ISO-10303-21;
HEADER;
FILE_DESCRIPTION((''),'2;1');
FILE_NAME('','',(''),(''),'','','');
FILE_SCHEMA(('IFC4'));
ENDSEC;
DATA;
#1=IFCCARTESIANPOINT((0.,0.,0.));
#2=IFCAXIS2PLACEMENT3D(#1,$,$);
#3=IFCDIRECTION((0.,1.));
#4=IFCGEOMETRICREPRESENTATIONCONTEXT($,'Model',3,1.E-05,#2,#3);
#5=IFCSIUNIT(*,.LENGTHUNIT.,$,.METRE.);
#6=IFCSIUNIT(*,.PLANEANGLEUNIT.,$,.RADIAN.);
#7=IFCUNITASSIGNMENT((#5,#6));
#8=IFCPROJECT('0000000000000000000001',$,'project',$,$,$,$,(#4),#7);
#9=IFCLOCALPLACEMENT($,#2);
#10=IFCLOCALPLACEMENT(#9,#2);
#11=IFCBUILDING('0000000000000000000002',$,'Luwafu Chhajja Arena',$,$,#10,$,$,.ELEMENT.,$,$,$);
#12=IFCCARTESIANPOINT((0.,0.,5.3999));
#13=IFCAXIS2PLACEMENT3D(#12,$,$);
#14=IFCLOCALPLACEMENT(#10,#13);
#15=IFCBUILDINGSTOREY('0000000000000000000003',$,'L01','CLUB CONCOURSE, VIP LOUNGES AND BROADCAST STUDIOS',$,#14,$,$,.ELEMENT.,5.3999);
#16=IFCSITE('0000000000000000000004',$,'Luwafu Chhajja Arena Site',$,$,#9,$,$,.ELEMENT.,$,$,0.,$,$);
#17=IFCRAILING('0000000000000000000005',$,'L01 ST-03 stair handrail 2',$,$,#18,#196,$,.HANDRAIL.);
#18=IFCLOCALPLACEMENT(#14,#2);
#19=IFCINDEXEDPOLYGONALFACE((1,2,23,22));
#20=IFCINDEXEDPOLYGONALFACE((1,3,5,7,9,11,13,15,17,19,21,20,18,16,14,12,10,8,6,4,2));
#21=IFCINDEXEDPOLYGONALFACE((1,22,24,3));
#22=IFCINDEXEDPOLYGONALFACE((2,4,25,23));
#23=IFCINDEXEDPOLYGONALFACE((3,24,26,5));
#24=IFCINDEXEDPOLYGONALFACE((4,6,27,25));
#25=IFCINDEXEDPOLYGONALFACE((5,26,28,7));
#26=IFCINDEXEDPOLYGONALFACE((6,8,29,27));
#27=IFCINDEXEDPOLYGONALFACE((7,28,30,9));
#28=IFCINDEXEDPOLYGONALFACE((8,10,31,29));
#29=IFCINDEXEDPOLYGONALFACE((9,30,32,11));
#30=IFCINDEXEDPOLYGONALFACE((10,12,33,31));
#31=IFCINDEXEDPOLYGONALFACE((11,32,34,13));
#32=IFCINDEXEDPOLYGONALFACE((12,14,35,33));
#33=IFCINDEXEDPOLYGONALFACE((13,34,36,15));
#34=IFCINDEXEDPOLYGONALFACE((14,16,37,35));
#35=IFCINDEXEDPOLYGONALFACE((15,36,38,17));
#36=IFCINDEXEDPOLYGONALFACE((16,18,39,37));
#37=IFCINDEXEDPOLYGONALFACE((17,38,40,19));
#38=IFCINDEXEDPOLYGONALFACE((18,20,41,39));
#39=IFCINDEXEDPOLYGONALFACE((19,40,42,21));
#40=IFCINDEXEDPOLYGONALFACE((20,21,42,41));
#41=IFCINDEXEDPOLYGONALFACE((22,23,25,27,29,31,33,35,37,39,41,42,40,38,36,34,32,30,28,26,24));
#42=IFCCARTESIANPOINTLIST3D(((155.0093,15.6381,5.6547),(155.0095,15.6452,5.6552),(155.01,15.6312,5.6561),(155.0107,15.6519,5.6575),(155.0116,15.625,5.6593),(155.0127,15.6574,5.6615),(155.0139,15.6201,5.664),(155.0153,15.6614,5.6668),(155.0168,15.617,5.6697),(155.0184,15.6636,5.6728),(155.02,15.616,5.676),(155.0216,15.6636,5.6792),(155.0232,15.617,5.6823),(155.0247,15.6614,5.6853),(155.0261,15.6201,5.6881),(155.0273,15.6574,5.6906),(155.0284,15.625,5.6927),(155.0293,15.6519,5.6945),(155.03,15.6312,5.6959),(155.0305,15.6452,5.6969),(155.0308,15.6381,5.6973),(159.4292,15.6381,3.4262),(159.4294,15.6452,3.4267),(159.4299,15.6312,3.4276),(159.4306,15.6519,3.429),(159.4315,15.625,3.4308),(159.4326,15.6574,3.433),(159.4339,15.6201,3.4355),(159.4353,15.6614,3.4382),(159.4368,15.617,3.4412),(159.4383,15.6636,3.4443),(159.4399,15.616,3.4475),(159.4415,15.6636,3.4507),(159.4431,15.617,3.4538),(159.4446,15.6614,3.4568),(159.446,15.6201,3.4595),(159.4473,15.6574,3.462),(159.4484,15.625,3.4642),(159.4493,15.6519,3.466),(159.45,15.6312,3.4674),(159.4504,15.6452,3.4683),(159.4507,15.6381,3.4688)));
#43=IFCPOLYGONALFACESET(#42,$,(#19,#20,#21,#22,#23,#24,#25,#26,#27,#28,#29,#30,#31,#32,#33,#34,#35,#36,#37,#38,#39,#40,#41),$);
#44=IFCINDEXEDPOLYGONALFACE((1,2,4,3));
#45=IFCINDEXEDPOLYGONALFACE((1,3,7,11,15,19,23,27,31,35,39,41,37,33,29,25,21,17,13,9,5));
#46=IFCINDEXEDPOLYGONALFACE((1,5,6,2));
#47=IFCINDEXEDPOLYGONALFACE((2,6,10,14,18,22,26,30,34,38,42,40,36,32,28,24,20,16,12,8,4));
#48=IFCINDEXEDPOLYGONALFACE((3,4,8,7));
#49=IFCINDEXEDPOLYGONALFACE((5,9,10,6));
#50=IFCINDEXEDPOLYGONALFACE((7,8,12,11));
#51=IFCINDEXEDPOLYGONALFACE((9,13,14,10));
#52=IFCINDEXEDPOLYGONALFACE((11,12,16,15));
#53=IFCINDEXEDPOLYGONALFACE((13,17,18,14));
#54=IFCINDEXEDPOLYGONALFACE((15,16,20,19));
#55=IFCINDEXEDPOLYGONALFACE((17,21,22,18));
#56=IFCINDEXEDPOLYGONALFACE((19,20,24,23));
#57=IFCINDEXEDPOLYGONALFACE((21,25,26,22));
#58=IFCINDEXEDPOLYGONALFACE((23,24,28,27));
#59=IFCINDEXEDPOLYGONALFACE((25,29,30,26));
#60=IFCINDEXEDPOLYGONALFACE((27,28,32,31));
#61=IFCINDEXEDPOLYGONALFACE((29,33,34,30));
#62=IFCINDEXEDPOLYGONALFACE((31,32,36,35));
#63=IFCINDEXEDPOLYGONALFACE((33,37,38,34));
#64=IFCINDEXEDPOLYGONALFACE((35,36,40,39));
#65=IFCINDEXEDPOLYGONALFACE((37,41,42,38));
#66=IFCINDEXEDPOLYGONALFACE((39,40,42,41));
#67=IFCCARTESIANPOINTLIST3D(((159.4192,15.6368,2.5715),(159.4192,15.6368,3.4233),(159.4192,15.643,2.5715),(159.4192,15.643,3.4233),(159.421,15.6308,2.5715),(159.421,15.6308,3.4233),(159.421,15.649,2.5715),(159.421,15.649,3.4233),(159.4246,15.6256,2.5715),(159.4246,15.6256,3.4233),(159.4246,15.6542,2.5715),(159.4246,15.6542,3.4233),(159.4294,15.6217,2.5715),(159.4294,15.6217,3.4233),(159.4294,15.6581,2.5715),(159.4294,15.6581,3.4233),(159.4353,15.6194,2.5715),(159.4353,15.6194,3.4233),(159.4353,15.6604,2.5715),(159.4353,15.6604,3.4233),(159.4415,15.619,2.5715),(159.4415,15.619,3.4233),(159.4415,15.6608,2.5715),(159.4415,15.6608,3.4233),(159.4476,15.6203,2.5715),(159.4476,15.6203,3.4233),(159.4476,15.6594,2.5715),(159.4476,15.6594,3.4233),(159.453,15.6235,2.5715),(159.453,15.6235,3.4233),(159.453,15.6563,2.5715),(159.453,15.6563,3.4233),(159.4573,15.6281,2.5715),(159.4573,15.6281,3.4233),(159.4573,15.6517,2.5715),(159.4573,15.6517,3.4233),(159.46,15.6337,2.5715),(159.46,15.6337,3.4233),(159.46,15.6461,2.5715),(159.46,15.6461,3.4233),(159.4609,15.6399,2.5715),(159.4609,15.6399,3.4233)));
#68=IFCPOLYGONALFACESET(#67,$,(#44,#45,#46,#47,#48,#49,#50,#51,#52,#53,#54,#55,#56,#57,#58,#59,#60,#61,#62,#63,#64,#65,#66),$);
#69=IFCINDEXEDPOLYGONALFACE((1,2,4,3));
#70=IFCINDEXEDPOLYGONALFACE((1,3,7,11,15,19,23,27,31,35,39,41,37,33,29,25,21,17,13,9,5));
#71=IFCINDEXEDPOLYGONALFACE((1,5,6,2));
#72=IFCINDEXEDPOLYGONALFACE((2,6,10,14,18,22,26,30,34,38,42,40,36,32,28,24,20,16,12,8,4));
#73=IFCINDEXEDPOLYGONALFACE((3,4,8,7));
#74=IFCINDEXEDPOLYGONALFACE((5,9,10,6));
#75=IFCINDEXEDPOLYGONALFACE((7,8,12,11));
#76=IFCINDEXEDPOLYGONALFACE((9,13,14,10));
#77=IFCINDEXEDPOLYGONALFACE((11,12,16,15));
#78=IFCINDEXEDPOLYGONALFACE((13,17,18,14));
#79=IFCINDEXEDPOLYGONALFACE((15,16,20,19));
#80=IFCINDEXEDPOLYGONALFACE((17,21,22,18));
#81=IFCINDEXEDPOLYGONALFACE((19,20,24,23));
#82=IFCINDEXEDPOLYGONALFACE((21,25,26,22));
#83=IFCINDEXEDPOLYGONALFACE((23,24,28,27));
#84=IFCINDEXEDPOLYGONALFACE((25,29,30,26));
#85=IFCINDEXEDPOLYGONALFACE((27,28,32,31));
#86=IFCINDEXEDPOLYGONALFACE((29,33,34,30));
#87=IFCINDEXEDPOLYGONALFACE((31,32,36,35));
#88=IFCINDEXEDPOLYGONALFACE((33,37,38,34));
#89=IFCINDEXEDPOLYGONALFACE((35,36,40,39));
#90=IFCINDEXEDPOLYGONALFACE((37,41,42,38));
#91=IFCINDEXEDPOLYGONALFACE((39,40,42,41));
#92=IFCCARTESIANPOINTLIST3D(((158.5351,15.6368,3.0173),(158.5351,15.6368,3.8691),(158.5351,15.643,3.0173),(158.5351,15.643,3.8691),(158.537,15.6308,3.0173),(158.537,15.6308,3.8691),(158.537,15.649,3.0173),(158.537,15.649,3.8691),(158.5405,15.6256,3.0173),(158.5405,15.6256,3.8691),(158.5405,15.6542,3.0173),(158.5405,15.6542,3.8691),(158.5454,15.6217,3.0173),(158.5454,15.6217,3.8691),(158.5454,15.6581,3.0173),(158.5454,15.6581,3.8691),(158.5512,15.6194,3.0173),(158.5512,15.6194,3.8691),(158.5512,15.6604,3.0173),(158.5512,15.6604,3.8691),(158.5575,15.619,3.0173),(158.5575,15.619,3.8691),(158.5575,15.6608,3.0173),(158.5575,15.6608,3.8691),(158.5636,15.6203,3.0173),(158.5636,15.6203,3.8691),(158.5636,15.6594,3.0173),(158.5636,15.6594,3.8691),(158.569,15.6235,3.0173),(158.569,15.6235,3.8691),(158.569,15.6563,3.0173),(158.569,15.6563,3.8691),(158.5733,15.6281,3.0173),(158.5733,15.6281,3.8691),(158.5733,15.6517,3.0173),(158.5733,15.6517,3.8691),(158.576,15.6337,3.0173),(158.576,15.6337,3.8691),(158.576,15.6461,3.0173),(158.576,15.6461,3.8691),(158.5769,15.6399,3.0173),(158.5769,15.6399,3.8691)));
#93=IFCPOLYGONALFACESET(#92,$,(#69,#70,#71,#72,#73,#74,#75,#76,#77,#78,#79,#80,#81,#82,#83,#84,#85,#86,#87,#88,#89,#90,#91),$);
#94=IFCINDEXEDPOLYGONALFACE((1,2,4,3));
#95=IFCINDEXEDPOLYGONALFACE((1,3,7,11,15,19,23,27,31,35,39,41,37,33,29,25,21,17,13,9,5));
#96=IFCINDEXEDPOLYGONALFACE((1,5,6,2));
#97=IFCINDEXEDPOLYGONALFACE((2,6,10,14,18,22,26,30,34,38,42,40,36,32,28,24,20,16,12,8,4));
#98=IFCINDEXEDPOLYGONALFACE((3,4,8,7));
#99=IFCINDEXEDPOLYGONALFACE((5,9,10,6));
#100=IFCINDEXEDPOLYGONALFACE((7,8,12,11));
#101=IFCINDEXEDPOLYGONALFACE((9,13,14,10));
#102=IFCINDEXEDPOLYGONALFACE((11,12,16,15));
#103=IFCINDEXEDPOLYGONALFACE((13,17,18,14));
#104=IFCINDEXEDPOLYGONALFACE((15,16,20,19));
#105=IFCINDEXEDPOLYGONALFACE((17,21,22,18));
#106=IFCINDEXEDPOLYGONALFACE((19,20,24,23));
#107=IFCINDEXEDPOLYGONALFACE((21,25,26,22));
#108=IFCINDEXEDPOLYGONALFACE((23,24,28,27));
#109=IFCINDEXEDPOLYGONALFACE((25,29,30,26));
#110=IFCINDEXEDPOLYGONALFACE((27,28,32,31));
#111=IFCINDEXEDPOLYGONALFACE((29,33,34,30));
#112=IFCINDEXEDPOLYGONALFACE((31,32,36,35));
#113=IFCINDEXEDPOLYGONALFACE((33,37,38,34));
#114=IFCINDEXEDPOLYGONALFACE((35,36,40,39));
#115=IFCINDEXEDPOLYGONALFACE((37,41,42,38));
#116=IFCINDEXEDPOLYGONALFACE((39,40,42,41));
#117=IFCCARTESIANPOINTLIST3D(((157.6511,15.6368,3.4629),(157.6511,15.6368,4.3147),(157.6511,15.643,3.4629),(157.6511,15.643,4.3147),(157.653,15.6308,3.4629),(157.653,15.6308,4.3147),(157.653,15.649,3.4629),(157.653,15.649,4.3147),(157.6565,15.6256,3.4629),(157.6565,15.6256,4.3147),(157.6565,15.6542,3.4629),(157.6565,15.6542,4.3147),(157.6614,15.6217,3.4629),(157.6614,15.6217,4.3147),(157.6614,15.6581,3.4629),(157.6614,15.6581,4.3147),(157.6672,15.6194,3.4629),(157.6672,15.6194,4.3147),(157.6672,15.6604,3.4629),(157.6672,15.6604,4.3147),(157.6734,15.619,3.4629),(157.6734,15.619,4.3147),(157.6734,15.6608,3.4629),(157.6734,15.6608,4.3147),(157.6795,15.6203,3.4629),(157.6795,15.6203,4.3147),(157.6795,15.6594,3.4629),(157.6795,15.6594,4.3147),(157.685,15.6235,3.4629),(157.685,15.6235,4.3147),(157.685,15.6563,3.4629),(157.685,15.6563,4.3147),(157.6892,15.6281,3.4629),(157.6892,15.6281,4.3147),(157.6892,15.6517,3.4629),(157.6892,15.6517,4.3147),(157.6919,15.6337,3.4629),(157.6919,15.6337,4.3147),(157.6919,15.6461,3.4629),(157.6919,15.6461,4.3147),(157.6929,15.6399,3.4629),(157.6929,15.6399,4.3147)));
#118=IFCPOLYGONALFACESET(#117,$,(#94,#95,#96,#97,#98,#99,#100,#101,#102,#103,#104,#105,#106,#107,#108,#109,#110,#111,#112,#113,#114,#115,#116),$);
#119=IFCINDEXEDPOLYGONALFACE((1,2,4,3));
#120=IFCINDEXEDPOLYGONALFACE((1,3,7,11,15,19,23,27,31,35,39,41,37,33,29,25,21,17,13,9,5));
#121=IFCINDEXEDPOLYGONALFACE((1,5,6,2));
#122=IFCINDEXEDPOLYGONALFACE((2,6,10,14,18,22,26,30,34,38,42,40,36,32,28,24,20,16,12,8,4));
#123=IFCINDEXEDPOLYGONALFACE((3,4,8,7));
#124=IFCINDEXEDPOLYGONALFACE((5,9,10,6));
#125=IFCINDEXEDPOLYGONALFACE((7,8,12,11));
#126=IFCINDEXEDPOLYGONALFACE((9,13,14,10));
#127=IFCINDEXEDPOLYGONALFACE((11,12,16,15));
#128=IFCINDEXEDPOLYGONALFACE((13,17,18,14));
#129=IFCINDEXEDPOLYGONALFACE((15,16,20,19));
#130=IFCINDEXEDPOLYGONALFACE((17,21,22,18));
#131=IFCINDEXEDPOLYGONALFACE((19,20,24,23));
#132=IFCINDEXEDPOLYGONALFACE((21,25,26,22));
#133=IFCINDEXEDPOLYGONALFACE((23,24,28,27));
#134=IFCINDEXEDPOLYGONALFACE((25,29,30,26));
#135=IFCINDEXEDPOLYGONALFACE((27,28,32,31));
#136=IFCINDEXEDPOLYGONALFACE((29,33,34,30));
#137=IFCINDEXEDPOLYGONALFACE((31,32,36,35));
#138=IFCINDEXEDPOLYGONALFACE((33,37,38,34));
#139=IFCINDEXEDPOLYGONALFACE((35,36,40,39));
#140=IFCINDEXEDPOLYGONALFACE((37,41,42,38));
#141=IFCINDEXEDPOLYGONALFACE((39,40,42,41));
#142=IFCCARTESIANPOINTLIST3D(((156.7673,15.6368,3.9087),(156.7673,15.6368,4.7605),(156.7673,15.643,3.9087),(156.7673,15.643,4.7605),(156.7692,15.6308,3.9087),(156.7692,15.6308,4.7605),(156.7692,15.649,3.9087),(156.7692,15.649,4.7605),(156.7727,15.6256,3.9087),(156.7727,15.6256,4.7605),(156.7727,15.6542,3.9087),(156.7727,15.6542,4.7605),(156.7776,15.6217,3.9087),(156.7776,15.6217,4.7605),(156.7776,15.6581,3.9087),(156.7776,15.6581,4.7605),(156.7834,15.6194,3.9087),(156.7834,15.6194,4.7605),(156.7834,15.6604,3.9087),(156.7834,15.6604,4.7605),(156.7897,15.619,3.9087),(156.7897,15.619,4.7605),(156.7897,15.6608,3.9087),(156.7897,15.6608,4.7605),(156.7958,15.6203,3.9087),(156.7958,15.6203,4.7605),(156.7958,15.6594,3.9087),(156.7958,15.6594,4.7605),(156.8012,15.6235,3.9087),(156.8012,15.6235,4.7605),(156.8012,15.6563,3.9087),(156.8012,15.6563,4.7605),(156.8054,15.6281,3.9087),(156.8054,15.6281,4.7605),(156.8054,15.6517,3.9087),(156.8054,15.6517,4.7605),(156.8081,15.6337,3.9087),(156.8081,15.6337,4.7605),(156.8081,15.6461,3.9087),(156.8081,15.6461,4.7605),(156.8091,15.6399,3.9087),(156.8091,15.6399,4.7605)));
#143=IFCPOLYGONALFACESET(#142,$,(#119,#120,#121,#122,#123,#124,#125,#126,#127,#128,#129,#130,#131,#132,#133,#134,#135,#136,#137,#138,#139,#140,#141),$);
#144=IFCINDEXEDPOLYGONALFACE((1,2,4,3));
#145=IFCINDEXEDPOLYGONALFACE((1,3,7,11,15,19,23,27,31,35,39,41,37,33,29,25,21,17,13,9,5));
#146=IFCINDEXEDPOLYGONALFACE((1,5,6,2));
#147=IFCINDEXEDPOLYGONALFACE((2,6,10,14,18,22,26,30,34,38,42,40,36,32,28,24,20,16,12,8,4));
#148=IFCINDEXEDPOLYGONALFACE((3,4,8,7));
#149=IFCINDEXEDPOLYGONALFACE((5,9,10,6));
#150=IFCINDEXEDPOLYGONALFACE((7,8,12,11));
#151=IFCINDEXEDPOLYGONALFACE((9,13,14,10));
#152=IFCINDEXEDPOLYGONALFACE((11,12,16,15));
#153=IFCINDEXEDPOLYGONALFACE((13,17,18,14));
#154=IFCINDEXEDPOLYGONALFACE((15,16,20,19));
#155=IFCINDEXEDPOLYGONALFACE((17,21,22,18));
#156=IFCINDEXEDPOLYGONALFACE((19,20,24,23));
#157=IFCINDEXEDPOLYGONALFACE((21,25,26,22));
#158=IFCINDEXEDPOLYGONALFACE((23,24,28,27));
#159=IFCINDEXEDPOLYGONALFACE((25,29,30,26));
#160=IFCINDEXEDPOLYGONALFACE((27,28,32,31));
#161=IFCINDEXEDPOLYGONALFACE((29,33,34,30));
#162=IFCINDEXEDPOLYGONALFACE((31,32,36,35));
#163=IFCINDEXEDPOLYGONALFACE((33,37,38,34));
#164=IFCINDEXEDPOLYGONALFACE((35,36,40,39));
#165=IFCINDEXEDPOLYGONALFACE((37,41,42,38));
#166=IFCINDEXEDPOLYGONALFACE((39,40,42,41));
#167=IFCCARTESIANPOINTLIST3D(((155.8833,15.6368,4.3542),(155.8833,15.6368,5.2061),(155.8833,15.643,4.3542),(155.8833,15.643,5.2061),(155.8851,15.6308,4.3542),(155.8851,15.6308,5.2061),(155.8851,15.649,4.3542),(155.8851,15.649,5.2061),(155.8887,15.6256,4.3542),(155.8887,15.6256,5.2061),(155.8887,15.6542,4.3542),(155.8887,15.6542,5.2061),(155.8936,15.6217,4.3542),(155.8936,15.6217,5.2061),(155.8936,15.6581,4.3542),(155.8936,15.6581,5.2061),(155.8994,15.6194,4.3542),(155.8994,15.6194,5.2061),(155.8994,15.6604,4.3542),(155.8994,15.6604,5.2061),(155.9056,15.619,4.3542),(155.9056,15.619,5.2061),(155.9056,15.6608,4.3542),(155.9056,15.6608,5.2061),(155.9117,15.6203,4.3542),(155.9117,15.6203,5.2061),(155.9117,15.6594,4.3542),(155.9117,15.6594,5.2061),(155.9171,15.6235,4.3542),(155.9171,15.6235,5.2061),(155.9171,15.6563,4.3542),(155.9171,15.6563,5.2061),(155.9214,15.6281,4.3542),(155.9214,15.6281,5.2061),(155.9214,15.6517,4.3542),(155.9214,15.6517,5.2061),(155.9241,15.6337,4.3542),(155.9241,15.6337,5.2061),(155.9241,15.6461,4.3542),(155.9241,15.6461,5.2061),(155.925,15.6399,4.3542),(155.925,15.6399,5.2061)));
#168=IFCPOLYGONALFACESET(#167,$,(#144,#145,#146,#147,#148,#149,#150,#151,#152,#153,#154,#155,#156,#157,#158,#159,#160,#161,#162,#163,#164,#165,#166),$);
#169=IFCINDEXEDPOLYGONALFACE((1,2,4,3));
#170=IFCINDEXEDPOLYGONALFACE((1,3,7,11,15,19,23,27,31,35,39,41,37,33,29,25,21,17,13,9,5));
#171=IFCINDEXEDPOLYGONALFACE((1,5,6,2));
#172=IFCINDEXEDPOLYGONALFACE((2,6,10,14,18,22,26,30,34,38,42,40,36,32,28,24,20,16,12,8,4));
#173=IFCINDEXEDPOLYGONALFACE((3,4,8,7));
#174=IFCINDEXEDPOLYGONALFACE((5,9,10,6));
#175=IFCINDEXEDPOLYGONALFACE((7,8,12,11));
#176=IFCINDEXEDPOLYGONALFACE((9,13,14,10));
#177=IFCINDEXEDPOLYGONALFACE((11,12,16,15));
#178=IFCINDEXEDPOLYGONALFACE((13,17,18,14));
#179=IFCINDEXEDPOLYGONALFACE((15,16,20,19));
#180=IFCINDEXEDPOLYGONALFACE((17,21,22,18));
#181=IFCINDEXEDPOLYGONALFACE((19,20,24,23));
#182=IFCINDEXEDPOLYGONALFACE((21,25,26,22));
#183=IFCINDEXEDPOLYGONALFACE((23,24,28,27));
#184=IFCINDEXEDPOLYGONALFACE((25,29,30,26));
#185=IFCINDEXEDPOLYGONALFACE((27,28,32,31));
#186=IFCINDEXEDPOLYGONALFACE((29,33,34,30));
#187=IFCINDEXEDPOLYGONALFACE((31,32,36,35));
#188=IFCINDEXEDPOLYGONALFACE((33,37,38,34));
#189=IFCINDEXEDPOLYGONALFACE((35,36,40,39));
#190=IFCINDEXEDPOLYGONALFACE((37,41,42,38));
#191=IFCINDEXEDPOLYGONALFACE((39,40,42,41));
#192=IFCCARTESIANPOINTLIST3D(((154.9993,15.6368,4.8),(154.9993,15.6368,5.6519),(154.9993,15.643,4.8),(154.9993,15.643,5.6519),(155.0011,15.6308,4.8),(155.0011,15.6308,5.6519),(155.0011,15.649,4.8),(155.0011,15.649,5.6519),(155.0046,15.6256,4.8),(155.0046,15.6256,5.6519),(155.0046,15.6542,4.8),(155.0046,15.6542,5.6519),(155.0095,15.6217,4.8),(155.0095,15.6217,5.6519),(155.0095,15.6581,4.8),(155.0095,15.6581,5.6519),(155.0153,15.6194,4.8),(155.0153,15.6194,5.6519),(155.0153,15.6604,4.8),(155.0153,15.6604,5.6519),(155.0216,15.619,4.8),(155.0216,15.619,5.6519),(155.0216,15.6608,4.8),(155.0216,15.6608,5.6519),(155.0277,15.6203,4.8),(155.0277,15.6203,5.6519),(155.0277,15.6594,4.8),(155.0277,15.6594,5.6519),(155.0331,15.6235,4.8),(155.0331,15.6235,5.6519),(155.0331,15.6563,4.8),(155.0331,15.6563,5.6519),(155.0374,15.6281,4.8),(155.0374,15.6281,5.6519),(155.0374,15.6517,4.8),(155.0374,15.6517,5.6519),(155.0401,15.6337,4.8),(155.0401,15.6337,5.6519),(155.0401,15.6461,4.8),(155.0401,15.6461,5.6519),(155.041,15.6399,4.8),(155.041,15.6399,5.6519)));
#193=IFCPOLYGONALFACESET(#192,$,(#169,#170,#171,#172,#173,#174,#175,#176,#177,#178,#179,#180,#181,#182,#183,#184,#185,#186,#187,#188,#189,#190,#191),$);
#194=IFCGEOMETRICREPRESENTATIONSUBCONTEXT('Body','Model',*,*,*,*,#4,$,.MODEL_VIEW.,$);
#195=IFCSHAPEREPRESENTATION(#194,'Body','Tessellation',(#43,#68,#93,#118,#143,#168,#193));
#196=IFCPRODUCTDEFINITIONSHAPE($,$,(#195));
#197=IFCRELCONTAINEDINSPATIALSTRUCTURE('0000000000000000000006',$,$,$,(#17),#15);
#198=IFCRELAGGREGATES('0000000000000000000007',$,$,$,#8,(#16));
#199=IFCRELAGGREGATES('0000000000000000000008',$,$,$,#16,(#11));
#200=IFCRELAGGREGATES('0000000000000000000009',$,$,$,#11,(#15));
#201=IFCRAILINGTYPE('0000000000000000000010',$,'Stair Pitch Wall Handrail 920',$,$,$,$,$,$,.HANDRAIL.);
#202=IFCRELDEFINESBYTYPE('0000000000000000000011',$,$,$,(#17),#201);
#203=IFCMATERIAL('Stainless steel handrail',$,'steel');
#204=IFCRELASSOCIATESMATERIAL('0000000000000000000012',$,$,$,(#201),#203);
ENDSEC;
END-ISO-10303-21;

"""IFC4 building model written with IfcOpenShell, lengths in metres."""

from ifc_helpers import new_model, si_unit, direction, frame, origin, origin_2d, place, context, subcontext, project, spatial, circle, extrude, material, type_object, element, save


model = new_model("IFC4")

# Units and contexts
model_context = context("Model", 3, precision=1e-05, world=origin(), true_north=direction((0.0, 1.0)))
body_context = subcontext(model_context, "Body", "Model", "MODEL_VIEW")
ifc_project = project(units=[si_unit("LENGTHUNIT", "METRE"), si_unit("PLANEANGLEUNIT", "RADIAN")], contexts=[model_context])

# Site, building, storey
site_placement = place(None, origin())
site = spatial("IfcSite", under=ifc_project, at=site_placement, Name="Luwafu Chhajja Arena Site", CompositionType="ELEMENT", RefElevation=0.0)
building_placement = place(site_placement, origin())
building = spatial("IfcBuilding", under=site, at=building_placement, Name="Luwafu Chhajja Arena", CompositionType="ELEMENT")
storey_placement = place(building_placement, frame((0.0, 0.0, 5.3999)))
storey = spatial("IfcBuildingStorey", under=building, at=storey_placement, Name="L01", Description="CLUB CONCOURSE, VIP LOUNGES AND BROADCAST STUDIOS", CompositionType="ELEMENT", Elevation=5.3999)

# Railing
ifc_material_1 = material(Name="Stainless steel handrail", Category="steel")
railing_type_1 = type_object("IfcRailingType", Name="Stair Pitch Wall Handrail 920", PredefinedType="HANDRAIL", material=ifc_material_1)
railing_1_placement = place(storey_placement, frame((159.4399, 15.6399, 2.5715)))
element("IfcRailing", 1, at=railing_1_placement, inside=storey, type_object=railing_type_1, Name="L01 ST-03 stair handrail 2", PredefinedType="HANDRAIL", context=body_context, shape_type="SweptSolid", body=[
    extrude(circle(Radius=0.0239, at=origin_2d()), frame((0.0, 0.0, 0.876), z_axis=(-0.892923, 0.0, 0.45021), x_axis=(0.0, -1.0, 0.0)), (0.0, 0.0, 1.0), 4.95),
    extrude(circle(Radius=0.021, at=origin_2d()), origin(), (0.0, 0.0, 1.0), 0.8518),
    extrude(circle(Radius=0.021, at=origin_2d()), frame((-0.884, 0.0, 0.4458)), (0.0, 0.0, 1.0), 0.8518),
    extrude(circle(Radius=0.021, at=origin_2d()), frame((-1.7681, 0.0, 0.8914)), (0.0, 0.0, 1.0), 0.8518),
    extrude(circle(Radius=0.021, at=origin_2d()), frame((-2.6519, 0.0, 1.3372)), (0.0, 0.0, 1.0), 0.8518),
    extrude(circle(Radius=0.021, at=origin_2d()), frame((-3.5359, 0.0, 1.7827)), (0.0, 0.0, 1.0), 0.8518),
    extrude(circle(Radius=0.021, at=origin_2d()), frame((-4.4199, 0.0, 2.2285)), (0.0, 0.0, 1.0), 0.8518),
])

save(model, "model.ifc")
